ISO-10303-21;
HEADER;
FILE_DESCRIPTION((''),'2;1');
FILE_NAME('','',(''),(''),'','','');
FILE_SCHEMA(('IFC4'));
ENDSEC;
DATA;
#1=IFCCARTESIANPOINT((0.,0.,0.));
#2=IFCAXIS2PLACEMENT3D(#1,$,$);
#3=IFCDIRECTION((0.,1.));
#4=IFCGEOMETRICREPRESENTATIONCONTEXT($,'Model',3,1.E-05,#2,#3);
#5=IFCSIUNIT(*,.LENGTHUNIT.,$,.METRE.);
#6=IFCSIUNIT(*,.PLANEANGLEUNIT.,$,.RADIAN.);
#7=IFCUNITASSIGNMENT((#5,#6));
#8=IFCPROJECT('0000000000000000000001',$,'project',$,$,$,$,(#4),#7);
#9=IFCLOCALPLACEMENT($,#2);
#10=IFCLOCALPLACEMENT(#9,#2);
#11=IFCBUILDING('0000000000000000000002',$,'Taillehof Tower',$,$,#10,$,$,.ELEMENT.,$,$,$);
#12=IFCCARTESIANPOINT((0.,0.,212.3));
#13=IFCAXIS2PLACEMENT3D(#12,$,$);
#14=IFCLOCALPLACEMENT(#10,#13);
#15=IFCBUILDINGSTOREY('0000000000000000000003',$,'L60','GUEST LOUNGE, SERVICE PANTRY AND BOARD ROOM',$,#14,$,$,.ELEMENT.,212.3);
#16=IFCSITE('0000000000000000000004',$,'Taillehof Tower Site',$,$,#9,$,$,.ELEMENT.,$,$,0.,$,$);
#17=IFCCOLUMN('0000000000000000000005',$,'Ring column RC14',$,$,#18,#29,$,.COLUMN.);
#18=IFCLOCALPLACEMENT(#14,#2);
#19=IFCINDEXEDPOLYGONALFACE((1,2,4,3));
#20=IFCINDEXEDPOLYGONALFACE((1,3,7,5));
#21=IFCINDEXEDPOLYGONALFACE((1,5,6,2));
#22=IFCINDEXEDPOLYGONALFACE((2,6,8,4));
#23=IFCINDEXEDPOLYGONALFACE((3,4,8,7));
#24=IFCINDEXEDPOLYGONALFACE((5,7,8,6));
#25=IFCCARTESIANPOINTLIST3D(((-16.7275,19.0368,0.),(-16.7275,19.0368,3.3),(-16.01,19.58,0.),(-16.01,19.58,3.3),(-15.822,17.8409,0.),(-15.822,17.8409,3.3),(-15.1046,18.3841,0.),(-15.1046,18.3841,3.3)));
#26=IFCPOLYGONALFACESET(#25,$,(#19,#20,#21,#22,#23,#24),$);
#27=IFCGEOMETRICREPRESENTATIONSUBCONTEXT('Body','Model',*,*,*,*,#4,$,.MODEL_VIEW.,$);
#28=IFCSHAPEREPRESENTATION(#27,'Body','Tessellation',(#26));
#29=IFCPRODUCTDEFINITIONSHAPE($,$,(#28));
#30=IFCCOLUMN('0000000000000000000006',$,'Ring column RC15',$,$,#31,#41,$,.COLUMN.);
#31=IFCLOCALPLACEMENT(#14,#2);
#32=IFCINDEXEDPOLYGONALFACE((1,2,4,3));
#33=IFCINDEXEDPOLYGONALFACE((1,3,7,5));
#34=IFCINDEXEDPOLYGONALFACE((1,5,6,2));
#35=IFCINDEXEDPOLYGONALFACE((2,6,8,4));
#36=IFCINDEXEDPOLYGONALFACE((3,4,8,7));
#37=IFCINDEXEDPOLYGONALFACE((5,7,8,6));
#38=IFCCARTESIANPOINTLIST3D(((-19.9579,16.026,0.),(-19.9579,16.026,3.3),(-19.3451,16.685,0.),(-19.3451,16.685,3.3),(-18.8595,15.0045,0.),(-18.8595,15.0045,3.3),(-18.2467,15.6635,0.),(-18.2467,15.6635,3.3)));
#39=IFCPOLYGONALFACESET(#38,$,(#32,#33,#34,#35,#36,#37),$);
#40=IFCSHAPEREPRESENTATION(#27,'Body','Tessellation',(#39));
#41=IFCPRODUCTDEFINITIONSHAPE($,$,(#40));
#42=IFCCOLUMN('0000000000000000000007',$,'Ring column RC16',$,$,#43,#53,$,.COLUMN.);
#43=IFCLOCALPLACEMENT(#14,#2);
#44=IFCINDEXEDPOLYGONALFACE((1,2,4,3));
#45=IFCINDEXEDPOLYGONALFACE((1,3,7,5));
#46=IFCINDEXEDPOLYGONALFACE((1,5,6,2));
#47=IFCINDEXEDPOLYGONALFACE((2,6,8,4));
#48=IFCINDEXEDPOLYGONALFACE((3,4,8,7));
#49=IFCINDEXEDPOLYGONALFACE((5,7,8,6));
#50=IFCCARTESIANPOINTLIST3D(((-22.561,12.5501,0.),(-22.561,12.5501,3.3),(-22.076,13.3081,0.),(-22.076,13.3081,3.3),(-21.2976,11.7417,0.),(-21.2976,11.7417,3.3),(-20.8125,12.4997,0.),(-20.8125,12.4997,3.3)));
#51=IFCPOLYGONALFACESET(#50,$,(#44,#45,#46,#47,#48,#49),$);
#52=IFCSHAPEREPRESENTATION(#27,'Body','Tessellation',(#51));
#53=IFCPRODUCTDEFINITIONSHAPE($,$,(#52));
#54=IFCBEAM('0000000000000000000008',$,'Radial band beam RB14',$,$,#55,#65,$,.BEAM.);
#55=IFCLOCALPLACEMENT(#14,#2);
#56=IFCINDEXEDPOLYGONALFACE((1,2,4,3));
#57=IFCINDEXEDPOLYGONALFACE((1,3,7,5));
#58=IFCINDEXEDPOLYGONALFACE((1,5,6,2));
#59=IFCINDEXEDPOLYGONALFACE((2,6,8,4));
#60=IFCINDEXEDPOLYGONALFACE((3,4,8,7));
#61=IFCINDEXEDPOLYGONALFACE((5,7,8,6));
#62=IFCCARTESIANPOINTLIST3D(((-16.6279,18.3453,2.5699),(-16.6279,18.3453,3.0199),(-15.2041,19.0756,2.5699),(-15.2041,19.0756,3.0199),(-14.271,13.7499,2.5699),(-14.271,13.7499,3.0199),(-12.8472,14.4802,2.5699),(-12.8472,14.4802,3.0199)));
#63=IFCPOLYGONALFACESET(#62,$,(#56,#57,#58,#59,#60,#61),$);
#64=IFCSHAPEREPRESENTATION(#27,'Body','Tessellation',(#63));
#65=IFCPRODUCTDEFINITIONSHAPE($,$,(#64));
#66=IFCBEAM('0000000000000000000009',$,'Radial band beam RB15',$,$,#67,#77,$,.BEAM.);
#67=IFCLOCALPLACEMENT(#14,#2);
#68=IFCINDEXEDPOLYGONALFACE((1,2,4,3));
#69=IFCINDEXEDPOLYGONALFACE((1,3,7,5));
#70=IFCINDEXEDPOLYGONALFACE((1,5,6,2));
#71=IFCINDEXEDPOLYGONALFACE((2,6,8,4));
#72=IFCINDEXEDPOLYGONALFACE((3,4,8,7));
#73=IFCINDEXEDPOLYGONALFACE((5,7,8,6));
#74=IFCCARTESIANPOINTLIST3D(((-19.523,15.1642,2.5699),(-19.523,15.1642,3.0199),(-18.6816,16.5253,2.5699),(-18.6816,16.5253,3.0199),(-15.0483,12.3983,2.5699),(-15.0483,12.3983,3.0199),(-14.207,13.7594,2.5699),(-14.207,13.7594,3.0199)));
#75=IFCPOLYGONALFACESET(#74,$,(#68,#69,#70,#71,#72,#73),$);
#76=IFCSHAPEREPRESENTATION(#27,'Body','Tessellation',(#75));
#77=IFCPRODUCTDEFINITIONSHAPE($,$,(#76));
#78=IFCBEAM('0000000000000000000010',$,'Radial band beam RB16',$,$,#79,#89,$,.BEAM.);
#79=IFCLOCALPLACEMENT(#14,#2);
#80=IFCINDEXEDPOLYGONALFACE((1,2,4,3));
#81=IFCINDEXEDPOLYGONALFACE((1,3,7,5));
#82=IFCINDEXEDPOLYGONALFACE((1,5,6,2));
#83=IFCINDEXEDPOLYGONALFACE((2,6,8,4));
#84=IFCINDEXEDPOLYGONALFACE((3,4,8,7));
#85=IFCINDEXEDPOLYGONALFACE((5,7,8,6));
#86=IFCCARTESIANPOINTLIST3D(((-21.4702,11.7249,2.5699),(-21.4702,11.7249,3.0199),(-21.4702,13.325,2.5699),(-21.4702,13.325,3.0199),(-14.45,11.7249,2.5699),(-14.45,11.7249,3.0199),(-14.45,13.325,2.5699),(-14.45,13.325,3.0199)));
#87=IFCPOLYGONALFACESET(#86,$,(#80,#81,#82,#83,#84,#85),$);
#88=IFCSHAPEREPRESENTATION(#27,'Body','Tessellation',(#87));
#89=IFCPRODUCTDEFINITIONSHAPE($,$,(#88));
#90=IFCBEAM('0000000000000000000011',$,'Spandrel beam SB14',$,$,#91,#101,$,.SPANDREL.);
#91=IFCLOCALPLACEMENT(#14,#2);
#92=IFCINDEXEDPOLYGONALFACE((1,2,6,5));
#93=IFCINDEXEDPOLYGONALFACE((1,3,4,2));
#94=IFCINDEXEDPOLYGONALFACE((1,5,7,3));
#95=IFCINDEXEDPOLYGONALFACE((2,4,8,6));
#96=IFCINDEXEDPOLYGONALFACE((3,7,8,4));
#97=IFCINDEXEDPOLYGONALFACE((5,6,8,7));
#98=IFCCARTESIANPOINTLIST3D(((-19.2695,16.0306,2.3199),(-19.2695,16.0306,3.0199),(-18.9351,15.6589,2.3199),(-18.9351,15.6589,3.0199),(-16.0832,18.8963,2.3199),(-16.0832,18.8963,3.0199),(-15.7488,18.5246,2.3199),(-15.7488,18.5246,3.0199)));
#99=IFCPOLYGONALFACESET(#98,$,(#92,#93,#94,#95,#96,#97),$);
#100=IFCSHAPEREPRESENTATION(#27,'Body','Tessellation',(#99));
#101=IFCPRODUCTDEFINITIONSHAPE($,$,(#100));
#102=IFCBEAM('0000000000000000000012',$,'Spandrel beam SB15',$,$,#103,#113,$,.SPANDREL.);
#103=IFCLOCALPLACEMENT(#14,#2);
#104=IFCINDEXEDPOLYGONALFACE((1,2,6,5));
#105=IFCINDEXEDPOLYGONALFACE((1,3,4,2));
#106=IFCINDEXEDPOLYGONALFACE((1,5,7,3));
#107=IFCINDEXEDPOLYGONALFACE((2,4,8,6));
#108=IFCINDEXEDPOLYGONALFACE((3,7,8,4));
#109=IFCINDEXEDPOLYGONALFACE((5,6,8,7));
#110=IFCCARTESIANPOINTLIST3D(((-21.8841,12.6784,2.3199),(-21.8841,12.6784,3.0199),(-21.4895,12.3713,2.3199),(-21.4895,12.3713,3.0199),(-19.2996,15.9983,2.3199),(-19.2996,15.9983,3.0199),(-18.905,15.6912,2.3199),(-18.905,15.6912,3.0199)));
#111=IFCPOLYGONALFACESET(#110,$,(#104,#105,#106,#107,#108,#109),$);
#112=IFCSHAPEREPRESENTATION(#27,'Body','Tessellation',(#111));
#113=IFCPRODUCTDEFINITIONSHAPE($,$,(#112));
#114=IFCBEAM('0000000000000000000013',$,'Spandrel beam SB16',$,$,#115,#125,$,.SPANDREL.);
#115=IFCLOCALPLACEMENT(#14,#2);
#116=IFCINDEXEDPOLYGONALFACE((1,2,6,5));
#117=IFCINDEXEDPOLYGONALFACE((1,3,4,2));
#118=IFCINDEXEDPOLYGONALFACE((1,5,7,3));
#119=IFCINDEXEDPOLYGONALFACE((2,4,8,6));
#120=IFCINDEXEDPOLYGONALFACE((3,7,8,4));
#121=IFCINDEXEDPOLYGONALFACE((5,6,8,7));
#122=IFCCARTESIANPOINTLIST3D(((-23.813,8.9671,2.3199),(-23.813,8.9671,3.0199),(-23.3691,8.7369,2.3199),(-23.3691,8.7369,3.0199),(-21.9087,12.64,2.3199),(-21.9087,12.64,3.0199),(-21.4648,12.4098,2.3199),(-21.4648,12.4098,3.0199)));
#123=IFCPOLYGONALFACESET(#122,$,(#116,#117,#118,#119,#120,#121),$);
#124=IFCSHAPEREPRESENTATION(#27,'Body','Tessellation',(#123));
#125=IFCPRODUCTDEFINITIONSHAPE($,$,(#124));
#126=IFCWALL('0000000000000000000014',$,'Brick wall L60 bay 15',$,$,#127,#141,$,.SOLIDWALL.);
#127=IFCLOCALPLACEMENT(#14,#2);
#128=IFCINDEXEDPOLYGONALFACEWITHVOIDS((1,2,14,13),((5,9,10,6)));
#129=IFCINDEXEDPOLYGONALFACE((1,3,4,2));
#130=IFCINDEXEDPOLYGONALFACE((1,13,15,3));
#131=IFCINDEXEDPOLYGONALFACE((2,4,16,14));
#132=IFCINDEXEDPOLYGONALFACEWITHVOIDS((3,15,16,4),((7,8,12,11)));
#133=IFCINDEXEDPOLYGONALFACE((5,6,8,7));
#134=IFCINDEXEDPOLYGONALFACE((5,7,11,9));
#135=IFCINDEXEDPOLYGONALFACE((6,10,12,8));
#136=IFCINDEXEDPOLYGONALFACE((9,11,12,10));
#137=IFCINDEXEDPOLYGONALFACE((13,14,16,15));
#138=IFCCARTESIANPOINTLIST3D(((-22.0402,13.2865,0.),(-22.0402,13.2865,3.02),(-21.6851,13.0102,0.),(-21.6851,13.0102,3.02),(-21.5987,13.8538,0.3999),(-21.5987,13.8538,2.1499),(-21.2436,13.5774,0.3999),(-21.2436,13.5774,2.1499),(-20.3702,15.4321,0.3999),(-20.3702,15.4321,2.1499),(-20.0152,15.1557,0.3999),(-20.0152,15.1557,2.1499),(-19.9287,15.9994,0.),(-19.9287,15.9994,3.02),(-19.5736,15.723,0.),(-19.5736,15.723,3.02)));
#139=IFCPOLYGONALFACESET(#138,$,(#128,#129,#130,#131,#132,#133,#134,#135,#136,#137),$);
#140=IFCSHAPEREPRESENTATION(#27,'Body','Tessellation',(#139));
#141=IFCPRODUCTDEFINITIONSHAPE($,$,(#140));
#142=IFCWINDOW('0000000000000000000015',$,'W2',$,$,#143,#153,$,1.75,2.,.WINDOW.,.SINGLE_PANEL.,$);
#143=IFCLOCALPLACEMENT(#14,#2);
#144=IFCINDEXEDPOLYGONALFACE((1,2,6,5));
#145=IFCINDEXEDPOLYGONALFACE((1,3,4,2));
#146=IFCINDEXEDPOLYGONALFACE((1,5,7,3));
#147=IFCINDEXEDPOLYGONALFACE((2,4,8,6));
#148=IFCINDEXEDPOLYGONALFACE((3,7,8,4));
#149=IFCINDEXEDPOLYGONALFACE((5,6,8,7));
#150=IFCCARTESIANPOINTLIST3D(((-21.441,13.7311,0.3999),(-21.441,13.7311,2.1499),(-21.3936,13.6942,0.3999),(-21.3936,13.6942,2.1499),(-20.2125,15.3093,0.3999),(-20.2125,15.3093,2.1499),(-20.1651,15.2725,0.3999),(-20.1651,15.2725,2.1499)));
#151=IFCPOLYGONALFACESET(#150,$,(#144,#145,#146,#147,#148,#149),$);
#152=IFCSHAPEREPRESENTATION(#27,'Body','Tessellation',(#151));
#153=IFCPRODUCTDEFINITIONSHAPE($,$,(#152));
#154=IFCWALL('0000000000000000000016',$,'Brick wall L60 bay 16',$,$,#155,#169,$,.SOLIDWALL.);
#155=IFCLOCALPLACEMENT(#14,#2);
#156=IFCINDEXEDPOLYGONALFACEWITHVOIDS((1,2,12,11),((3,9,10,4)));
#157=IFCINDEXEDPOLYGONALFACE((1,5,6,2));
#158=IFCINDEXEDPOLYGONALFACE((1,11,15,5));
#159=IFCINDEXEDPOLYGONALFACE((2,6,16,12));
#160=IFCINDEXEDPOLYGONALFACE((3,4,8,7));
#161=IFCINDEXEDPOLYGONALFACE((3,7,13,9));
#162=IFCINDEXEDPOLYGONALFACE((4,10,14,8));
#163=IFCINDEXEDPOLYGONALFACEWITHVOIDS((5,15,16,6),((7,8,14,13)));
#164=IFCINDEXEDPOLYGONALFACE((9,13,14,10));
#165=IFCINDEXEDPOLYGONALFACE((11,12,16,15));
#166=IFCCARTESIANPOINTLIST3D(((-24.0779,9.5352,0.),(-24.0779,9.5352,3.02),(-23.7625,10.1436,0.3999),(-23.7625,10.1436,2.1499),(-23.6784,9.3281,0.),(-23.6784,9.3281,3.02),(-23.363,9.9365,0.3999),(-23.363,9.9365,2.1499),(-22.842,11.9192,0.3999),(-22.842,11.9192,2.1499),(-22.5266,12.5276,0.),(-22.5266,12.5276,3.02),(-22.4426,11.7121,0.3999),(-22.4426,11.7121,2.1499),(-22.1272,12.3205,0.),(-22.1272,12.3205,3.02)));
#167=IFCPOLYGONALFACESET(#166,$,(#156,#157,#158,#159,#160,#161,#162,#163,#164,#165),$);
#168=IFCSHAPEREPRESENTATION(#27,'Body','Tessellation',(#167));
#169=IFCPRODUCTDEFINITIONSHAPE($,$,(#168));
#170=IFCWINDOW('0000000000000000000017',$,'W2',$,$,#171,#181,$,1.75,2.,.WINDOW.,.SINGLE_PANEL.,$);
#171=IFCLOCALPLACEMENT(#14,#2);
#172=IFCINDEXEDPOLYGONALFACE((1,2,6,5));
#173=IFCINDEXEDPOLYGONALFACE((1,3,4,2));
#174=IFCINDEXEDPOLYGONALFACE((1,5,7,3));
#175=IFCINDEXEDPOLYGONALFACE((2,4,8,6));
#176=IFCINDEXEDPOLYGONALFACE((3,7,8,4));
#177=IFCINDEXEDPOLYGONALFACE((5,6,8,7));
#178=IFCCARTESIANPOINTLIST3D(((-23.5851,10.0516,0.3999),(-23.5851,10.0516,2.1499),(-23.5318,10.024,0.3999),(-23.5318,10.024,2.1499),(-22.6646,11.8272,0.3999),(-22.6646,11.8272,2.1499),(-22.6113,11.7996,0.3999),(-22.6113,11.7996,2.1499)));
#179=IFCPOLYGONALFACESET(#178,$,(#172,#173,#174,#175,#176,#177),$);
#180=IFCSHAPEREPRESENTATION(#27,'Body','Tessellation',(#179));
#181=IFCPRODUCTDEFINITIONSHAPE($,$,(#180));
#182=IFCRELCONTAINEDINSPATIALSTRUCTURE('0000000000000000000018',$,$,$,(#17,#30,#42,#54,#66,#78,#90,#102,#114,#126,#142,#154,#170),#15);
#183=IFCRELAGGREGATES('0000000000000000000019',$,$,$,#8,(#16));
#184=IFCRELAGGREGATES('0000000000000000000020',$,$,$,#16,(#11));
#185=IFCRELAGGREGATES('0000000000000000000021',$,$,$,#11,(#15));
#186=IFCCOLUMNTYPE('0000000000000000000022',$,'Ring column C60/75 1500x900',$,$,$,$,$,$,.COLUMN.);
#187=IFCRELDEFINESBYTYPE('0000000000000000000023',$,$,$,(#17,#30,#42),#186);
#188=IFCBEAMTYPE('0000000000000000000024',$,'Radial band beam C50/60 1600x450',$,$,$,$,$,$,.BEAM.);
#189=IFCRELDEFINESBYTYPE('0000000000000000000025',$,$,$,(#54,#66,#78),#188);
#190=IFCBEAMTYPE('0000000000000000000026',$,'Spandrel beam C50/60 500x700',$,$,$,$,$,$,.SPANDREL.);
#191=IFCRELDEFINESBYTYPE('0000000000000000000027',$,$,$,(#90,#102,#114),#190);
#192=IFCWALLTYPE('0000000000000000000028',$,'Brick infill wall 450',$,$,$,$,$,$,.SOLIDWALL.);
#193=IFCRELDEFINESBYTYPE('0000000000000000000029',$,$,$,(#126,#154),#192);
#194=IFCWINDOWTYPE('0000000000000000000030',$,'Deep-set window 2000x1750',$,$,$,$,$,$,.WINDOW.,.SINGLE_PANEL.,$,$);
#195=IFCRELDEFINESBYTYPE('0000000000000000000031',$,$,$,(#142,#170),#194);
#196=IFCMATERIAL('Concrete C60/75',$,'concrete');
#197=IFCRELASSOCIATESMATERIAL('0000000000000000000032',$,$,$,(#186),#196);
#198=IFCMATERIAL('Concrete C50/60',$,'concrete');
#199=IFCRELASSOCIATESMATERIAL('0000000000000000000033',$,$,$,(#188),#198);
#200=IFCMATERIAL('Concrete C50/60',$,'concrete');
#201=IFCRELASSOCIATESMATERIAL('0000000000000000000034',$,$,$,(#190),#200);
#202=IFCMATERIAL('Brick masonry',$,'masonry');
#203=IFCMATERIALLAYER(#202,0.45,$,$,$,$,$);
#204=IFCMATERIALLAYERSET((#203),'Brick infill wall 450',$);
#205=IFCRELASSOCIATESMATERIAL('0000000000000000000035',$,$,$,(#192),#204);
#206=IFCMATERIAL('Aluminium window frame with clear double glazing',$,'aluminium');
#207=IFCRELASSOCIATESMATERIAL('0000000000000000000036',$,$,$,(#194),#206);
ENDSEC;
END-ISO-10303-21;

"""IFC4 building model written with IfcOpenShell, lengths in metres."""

from ifc_helpers import new_model, si_unit, direction, frame, frame_2d, origin, origin_2d, place, context, subcontext, project, spatial, rectangle, extrude, material, layer, layer_set, material_profile, profile_set, type_object, element, fill, save


model = new_model("IFC4")

# Units and contexts
model_context = context("Model", 3, precision=1e-05, world=origin(), true_north=direction((0.0, 1.0)))
body_context = subcontext(model_context, "Body", "Model", "MODEL_VIEW")
ifc_project = project(units=[si_unit("LENGTHUNIT", "METRE"), si_unit("PLANEANGLEUNIT", "RADIAN")], contexts=[model_context])

# Site, building, storey
site_placement = place(None, origin())
site = spatial("IfcSite", under=ifc_project, at=site_placement, Name="Taillehof Tower Site", CompositionType="ELEMENT", RefElevation=0.0)
building_placement = place(site_placement, origin())
building = spatial("IfcBuilding", under=site, at=building_placement, Name="Taillehof Tower", CompositionType="ELEMENT")
storey_placement = place(building_placement, frame((0.0, 0.0, 212.3)))
storey = spatial("IfcBuildingStorey", under=building, at=storey_placement, Name="L60", Description="GUEST LOUNGE, SERVICE PANTRY AND BOARD ROOM", CompositionType="ELEMENT", Elevation=212.3)

# Columns
ifc_material_1 = material(Name="Concrete C60/75", Category="concrete")
ifc_material_profile_1 = material_profile(ifc_material_1, rectangle(XDim=1.5, YDim=0.8999, at=origin_2d()), Name="RC 1500x900")
ifc_profile_set_1 = profile_set([ifc_material_profile_1], Name="Concrete C60/75")
column_type = type_object("IfcColumnType", Name="Ring column C60/75 1500x900", PredefinedType="COLUMN", material=ifc_profile_set_1)
for number, where, z_axis, x_axis, name in (
    (1, (-15.916, 18.7104, 0.0), (0.0, 0.0, 1.0), (-0.603608, 0.797281, 0.0), "Ring column RC14"),
    (2, (-19.1023, 15.8447, 0.0), (0.0, 0.0, 1.0), (-0.732271, 0.681013, 0.0), "Ring column RC15"),
    (3, (-21.6868, 12.5249, 0.0), (0.0, 0.0, 1.0), (-0.842311, 0.538992, 0.0), "Ring column RC16"),
):
    element("IfcColumn", number, at=place(storey_placement, frame(where, z_axis=z_axis, x_axis=x_axis)), inside=storey, type_object=column_type, Name=name, PredefinedType="COLUMN", context=body_context, shape_type="SweptSolid", body=[
        extrude(rectangle(XDim=1.5, YDim=0.8999, at=origin_2d()), origin(), (0.0, 0.0, 1.0), 3.3),
    ])

# Beams
ifc_material_2 = material(Name="Concrete C50/60", Category="concrete")
ifc_material_profile_2 = material_profile(ifc_material_2, rectangle(XDim=1.6001, YDim=0.45, at=origin_2d()), Name="RC 1600x450")
ifc_profile_set_2 = profile_set([ifc_material_profile_2], Name="Concrete C50/60")
beam_type_1 = type_object("IfcBeamType", Name="Radial band beam C50/60 1600x450", PredefinedType="BEAM", material=ifc_profile_set_2)
beam_1_placement = place(storey_placement, frame((-15.916, 18.7104, 2.7949), z_axis=(0.456361, -0.889795, 0.0), x_axis=(0.889795, 0.456361, 0.0)))
element("IfcBeam", 4, at=beam_1_placement, inside=storey, type_object=beam_type_1, Name="Radial band beam RB14", PredefinedType="BEAM", context=body_context, shape_type="SweptSolid", body=[
    extrude(rectangle(XDim=1.6001, YDim=0.45, at=origin_2d()), origin(), (0.0, 0.0, 1.0), 5.1646),
])
beam_2_placement = place(storey_placement, frame((-19.1023, 15.8447, 2.7949), z_axis=(0.850616, -0.525787, 0.0), x_axis=(0.525787, 0.850616, 0.0)))
element("IfcBeam", 5, at=beam_2_placement, inside=storey, type_object=beam_type_1, Name="Radial band beam RB15", PredefinedType="BEAM", context=body_context, shape_type="SweptSolid", body=[
    extrude(rectangle(XDim=1.6001, YDim=0.45, at=origin_2d()), origin(), (0.0, 0.0, 1.0), 5.2605),
])
beam_3_placement = place(storey_placement, frame((-21.4702, 12.5249, 2.7949), z_axis=(1.0, 0.0, 0.0), x_axis=(0.0, 1.0, 0.0)))
element("IfcBeam", 6, at=beam_3_placement, inside=storey, type_object=beam_type_1, Name="Radial band beam RB16", PredefinedType="BEAM", context=body_context, shape_type="SweptSolid", body=[
    extrude(rectangle(XDim=1.6001, YDim=0.45, at=origin_2d()), origin(), (0.0, 0.0, 1.0), 7.0203),
])
ifc_material_3 = material(Name="Concrete C50/60", Category="concrete")
ifc_material_profile_3 = material_profile(ifc_material_3, rectangle(XDim=0.5, YDim=0.7, at=origin_2d()), Name="RC 500x700")
ifc_profile_set_3 = profile_set([ifc_material_profile_3], Name="Concrete C50/60")
beam_type_2 = type_object("IfcBeamType", Name="Spandrel beam C50/60 500x700", PredefinedType="SPANDREL", material=ifc_profile_set_3)
beam_4_placement = place(storey_placement, frame((-15.916, 18.7104, 2.6699), z_axis=(-0.743518, -0.668716, 0.0), x_axis=(0.668716, -0.743518, 0.0)))
element("IfcBeam", 7, at=beam_4_placement, inside=storey, type_object=beam_type_2, Name="Spandrel beam SB14", PredefinedType="SPANDREL", context=body_context, shape_type="SweptSolid", body=[
    extrude(rectangle(XDim=0.5, YDim=0.7, at=origin_2d()), origin(), (0.0, 0.0, 1.0), 4.2854),
])
beam_5_placement = place(storey_placement, frame((-19.1023, 15.8447, 2.6699), z_axis=(-0.614294, -0.789077, 0.0), x_axis=(0.789077, -0.614294, 0.0)))
element("IfcBeam", 8, at=beam_5_placement, inside=storey, type_object=beam_type_2, Name="Spandrel beam SB15", PredefinedType="SPANDREL", context=body_context, shape_type="SweptSolid", body=[
    extrude(rectangle(XDim=0.5, YDim=0.7, at=origin_2d()), origin(), (0.0, 0.0, 1.0), 4.2073),
])
beam_6_placement = place(storey_placement, frame((-21.6868, 12.5249, 2.6699), z_axis=(-0.46029, -0.887769, 0.0), x_axis=(0.887769, -0.46029, 0.0)))
element("IfcBeam", 9, at=beam_6_placement, inside=storey, type_object=beam_type_2, Name="Spandrel beam SB16", PredefinedType="SPANDREL", context=body_context, shape_type="SweptSolid", body=[
    extrude(rectangle(XDim=0.5, YDim=0.7, at=origin_2d()), origin(), (0.0, 0.0, 1.0), 4.1372),
])

# Walls, openings, windows
ifc_material_4 = material(Name="Brick masonry", Category="masonry")
ifc_layer_1 = layer(ifc_material_4, 0.45)
ifc_layer_set_1 = layer_set([ifc_layer_1], Name="Brick infill wall 450")
wall_type_1 = type_object("IfcWallType", Name="Brick infill wall 450", PredefinedType="SOLIDWALL", material=ifc_layer_set_1)
wall_1_placement = place(storey_placement, frame((-19.7512, 15.8611, 0.0), z_axis=(0.0, 0.0, 1.0), x_axis=(-0.614221, -0.789134, 0.0)))
wall_1 = element("IfcWall", 10, at=wall_1_placement, inside=storey, type_object=wall_type_1, Name="Brick wall L60 bay 15", PredefinedType="SOLIDWALL", context=body_context, shape_type="SweptSolid", body=[
    extrude(rectangle(XDim=3.4377, YDim=0.45, at=frame_2d((1.7188, 0.0))), origin(), (0.0, 0.0, 1.0), 3.02),
])
opening_1_placement = place(wall_1_placement, frame((0.7188, 0.0, 0.3999)))
opening_1 = element("IfcOpeningElement", 11, at=opening_1_placement, cuts=wall_1, PredefinedType="OPENING", context=body_context, shape_type="SweptSolid", body=[
    extrude(rectangle(XDim=2.0, YDim=1.75, at=frame_2d((1.0, 0.875))), frame((0.0, 0.2349, 0.0), z_axis=(0.0, -1.0, 0.0), x_axis=(1.0, 0.0, 0.0)), (0.0, 0.0, 1.0), 0.47),
])
ifc_material_5 = material(Name="Aluminium window frame with clear double glazing", Category="aluminium")
window_type_1 = type_object("IfcWindowType", Name="Deep-set window 2000x1750", PartitioningType="SINGLE_PANEL", PredefinedType="WINDOW", material=ifc_material_5)
window_1_placement = place(opening_1_placement, origin())
window_1 = element("IfcWindow", 12, at=window_1_placement, inside=storey, type_object=window_type_1, Name="W2", OverallHeight=1.75, OverallWidth=2.0, PartitioningType="SINGLE_PANEL", PredefinedType="WINDOW", context=body_context, shape_type="SweptSolid", body=[
    extrude(rectangle(XDim=2.0, YDim=1.75, at=frame_2d((1.0, 0.875))), frame((0.0, 0.0349, 0.0), z_axis=(0.0, -1.0, 0.0), x_axis=(1.0, 0.0, 0.0)), (0.0, 0.0, 1.0), 0.0601),
])
fill(opening_1, window_1)
wall_2_placement = place(storey_placement, frame((-22.3269, 12.4241, 0.0), z_axis=(0.0, 0.0, 1.0), x_axis=(-0.460233, -0.887798, 0.0)))
wall_2 = element("IfcWall", 13, at=wall_2_placement, inside=storey, type_object=wall_type_1, Name="Brick wall L60 bay 16", PredefinedType="SOLIDWALL", context=body_context, shape_type="SweptSolid", body=[
    extrude(rectangle(XDim=3.3706, YDim=0.45, at=frame_2d((1.6853, 0.0))), origin(), (0.0, 0.0, 1.0), 3.02),
])
opening_2_placement = place(wall_2_placement, frame((0.6853, 0.0, 0.3999)))
opening_2 = element("IfcOpeningElement", 14, at=opening_2_placement, cuts=wall_2, PredefinedType="OPENING", context=body_context, shape_type="SweptSolid", body=[
    extrude(rectangle(XDim=2.0, YDim=1.75, at=frame_2d((1.0, 0.875))), frame((0.0, 0.2349, 0.0), z_axis=(0.0, -1.0, 0.0), x_axis=(1.0, 0.0, 0.0)), (0.0, 0.0, 1.0), 0.47),
])
window_2_placement = place(opening_2_placement, origin())
window_2 = element("IfcWindow", 15, at=window_2_placement, inside=storey, type_object=window_type_1, Name="W2", OverallHeight=1.75, OverallWidth=2.0, PartitioningType="SINGLE_PANEL", PredefinedType="WINDOW", context=body_context, shape_type="SweptSolid", body=[
    extrude(rectangle(XDim=2.0, YDim=1.75, at=frame_2d((1.0, 0.875))), frame((0.0, 0.0349, 0.0), z_axis=(0.0, -1.0, 0.0), x_axis=(1.0, 0.0, 0.0)), (0.0, 0.0, 1.0), 0.0601),
])
fill(opening_2, window_2)

save(model, "model.ifc")
